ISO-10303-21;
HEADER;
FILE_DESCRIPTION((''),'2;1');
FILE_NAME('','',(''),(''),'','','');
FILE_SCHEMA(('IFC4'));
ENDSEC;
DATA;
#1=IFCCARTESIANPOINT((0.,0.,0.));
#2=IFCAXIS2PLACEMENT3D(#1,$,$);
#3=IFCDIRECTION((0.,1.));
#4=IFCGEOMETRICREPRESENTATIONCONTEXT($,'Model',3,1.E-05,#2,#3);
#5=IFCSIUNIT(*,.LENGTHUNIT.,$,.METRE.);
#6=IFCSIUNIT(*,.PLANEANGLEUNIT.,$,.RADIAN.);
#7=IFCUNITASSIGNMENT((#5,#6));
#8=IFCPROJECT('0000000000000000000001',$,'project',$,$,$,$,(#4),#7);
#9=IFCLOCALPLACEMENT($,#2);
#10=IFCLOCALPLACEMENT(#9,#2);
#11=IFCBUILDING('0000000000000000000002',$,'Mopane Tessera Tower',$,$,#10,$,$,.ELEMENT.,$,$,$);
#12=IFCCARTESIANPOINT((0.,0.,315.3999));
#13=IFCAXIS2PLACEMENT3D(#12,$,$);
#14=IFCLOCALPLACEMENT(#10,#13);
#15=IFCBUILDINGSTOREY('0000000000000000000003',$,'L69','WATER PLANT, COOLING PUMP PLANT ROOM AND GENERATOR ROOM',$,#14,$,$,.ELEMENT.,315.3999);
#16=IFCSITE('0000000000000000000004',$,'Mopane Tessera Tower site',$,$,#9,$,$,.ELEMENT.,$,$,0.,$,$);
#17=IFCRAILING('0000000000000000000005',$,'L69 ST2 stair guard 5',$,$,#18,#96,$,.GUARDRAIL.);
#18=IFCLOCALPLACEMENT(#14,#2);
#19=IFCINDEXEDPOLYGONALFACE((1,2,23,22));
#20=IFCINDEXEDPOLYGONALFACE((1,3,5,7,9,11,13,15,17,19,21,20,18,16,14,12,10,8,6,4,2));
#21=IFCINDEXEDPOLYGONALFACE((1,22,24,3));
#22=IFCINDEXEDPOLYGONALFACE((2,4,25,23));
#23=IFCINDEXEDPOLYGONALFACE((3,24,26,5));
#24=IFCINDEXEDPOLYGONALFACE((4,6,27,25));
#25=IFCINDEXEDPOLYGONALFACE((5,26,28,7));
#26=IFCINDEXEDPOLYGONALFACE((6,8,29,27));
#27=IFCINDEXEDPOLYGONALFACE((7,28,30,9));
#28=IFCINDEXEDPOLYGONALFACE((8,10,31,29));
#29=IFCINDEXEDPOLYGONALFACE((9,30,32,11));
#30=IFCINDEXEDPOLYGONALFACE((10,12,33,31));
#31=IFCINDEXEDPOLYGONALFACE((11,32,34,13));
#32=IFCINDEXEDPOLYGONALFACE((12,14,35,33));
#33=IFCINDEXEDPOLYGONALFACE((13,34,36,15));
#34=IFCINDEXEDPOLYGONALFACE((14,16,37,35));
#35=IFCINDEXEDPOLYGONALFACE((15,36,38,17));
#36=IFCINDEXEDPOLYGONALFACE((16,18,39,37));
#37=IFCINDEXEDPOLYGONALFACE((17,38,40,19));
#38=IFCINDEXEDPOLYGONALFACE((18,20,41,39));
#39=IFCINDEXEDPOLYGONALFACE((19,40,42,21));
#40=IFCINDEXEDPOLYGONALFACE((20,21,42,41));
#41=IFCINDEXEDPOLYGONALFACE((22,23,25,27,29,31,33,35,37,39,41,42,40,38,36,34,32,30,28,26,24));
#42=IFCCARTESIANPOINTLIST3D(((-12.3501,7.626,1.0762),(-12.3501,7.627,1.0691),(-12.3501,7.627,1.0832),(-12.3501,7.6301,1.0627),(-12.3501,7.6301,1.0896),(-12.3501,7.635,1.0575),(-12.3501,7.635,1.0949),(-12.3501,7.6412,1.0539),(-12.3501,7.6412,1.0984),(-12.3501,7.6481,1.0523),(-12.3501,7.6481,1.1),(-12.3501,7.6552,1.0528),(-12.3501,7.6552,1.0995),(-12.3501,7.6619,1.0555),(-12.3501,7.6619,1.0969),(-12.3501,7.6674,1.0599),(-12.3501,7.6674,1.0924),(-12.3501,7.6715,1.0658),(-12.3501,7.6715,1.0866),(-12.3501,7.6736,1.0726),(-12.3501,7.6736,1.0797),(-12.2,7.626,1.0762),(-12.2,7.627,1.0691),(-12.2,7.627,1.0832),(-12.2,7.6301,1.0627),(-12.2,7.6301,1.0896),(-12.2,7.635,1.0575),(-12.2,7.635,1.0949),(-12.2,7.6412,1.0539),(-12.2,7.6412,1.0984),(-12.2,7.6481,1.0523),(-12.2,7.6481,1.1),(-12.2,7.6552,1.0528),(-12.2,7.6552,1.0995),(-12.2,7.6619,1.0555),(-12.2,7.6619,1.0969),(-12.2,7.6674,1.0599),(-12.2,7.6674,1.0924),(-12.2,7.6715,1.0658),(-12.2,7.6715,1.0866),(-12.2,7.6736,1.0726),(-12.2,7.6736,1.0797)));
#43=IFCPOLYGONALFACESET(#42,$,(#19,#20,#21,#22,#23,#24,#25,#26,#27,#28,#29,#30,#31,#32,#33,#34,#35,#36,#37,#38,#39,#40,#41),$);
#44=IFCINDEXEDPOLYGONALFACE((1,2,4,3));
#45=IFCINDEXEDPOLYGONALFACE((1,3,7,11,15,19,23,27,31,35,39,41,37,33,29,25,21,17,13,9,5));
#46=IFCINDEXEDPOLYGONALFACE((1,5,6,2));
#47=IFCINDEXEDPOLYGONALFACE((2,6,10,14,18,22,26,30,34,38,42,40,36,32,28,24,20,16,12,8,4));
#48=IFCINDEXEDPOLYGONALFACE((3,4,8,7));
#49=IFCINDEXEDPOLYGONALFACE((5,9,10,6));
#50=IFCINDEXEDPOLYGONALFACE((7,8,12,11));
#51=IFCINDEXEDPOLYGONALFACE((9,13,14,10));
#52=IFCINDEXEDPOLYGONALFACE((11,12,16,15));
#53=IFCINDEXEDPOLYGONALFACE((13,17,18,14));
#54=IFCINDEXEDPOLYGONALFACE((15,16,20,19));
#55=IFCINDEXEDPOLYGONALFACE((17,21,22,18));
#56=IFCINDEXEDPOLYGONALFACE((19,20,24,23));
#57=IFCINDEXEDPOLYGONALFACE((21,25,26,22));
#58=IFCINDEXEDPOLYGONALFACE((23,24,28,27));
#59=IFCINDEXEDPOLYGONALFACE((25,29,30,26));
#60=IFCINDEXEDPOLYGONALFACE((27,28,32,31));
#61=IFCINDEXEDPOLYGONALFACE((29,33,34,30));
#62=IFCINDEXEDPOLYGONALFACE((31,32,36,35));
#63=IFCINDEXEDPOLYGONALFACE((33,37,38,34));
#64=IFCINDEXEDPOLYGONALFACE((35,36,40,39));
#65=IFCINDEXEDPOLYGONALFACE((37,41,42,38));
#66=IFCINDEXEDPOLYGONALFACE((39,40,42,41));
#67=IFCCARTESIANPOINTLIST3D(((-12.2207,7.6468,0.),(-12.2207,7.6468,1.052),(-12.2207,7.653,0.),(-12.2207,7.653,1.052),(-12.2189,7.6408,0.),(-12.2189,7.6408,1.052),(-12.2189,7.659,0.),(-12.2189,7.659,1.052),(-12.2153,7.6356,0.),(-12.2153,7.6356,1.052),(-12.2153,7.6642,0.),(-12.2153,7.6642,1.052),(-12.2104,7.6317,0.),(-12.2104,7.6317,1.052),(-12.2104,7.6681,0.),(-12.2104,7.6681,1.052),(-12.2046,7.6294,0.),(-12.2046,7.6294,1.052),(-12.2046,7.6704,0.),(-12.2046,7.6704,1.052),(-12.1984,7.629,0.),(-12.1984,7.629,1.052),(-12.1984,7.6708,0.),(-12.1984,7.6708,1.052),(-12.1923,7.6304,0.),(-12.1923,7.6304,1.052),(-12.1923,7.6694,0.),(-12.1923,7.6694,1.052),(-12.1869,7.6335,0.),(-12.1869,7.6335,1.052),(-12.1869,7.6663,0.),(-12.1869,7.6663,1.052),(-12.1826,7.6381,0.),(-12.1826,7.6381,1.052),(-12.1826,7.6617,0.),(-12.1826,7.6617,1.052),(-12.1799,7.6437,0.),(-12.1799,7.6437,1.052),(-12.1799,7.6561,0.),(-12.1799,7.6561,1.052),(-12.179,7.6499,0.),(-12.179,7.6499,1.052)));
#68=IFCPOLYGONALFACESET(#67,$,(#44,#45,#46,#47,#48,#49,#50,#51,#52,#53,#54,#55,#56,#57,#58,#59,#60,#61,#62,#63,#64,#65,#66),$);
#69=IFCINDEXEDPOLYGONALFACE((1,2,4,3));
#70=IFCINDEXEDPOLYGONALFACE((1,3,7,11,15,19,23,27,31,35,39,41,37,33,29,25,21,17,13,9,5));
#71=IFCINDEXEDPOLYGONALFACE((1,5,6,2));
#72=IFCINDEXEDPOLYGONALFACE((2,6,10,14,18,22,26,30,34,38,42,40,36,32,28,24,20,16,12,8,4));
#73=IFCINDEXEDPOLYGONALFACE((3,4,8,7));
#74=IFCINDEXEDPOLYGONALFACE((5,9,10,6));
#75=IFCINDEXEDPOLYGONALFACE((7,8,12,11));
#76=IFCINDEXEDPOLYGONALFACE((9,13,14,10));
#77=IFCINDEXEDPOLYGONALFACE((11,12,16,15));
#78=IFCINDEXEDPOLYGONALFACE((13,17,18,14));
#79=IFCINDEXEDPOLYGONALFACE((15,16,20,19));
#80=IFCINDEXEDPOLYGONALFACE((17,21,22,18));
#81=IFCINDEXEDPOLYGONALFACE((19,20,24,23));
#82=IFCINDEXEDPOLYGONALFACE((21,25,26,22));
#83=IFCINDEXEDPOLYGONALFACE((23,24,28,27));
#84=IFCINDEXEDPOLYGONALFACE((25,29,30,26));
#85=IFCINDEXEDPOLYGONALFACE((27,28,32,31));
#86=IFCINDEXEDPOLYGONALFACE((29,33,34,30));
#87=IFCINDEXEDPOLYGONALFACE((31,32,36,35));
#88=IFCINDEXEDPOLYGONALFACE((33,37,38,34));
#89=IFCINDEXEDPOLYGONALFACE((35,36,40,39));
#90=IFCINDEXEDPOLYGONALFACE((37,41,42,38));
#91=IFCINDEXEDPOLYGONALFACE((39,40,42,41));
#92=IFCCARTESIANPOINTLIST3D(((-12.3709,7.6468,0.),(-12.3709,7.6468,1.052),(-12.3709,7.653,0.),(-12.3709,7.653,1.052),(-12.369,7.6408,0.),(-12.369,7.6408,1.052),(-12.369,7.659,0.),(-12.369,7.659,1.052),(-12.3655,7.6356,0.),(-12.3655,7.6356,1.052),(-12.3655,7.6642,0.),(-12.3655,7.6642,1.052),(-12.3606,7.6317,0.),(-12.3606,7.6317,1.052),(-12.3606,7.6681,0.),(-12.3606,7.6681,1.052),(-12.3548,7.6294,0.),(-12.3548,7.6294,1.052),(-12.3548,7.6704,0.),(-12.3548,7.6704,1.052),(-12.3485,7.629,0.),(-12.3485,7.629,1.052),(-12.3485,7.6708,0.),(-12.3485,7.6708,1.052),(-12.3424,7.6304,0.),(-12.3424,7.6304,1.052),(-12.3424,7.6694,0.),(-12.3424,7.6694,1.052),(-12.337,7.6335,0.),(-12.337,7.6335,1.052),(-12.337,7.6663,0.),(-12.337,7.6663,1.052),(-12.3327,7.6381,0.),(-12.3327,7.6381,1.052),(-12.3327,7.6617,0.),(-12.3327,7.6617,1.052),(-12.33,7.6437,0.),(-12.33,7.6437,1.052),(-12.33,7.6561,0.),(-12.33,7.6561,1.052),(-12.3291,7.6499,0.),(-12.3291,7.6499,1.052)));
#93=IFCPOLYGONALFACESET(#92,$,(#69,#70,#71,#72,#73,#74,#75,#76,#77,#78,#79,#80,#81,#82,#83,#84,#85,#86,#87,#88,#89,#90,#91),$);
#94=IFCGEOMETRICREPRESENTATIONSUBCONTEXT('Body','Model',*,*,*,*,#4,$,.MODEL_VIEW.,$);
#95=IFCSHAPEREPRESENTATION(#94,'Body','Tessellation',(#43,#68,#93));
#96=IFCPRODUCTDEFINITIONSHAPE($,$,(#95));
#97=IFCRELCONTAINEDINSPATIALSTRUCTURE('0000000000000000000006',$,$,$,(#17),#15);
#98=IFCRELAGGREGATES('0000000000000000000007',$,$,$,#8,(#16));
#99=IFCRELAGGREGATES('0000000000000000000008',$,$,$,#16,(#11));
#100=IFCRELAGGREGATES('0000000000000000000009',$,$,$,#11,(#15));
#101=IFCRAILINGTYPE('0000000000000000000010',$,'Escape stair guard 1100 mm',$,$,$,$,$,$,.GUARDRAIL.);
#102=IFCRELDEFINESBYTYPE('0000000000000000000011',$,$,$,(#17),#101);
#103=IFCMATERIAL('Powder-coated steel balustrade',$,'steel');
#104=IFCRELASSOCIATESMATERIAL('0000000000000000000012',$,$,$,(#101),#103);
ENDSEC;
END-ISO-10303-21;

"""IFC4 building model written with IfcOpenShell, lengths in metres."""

from ifc_helpers import new_model, si_unit, direction, frame, origin, origin_2d, place, context, subcontext, project, spatial, circle, extrude, material, type_object, element, save


model = new_model("IFC4")

# Units and contexts
model_context = context("Model", 3, precision=1e-05, world=origin(), true_north=direction((0.0, 1.0)))
body_context = subcontext(model_context, "Body", "Model", "MODEL_VIEW")
ifc_project = project(units=[si_unit("LENGTHUNIT", "METRE"), si_unit("PLANEANGLEUNIT", "RADIAN")], contexts=[model_context])

# Site, building, storey
site_placement = place(None, origin())
site = spatial("IfcSite", under=ifc_project, at=site_placement, Name="Mopane Tessera Tower site", CompositionType="ELEMENT", RefElevation=0.0)
building_placement = place(site_placement, origin())
building = spatial("IfcBuilding", under=site, at=building_placement, Name="Mopane Tessera Tower", CompositionType="ELEMENT")
storey_placement = place(building_placement, frame((0.0, 0.0, 315.3999)))
storey = spatial("IfcBuildingStorey", under=building, at=storey_placement, Name="L69", Description="WATER PLANT, COOLING PUMP PLANT ROOM AND GENERATOR ROOM", CompositionType="ELEMENT", Elevation=315.3999)

# Railing
ifc_material_1 = material(Name="Powder-coated steel balustrade", Category="steel")
railing_type_1 = type_object("IfcRailingType", Name="Escape stair guard 1100 mm", PredefinedType="GUARDRAIL", material=ifc_material_1)
railing_1_placement = place(storey_placement, frame((-12.2, 7.6499, 0.0)))
element("IfcRailing", 1, at=railing_1_placement, inside=storey, type_object=railing_type_1, Name="L69 ST2 stair guard 5", PredefinedType="GUARDRAIL", context=body_context, shape_type="SweptSolid", body=[
    extrude(circle(Radius=0.0239, at=origin_2d()), frame((0.0, 0.0, 1.0762), z_axis=(-1.0, 0.0, 0.0), x_axis=(0.0, -1.0, 0.0)), (0.0, 0.0, 1.0), 0.1501),
    extrude(circle(Radius=0.021, at=origin_2d()), origin(), (0.0, 0.0, 1.0), 1.052),
    extrude(circle(Radius=0.021, at=origin_2d()), frame((-0.1501, 0.0, 0.0)), (0.0, 0.0, 1.0), 1.052),
])

save(model, "model.ifc")
